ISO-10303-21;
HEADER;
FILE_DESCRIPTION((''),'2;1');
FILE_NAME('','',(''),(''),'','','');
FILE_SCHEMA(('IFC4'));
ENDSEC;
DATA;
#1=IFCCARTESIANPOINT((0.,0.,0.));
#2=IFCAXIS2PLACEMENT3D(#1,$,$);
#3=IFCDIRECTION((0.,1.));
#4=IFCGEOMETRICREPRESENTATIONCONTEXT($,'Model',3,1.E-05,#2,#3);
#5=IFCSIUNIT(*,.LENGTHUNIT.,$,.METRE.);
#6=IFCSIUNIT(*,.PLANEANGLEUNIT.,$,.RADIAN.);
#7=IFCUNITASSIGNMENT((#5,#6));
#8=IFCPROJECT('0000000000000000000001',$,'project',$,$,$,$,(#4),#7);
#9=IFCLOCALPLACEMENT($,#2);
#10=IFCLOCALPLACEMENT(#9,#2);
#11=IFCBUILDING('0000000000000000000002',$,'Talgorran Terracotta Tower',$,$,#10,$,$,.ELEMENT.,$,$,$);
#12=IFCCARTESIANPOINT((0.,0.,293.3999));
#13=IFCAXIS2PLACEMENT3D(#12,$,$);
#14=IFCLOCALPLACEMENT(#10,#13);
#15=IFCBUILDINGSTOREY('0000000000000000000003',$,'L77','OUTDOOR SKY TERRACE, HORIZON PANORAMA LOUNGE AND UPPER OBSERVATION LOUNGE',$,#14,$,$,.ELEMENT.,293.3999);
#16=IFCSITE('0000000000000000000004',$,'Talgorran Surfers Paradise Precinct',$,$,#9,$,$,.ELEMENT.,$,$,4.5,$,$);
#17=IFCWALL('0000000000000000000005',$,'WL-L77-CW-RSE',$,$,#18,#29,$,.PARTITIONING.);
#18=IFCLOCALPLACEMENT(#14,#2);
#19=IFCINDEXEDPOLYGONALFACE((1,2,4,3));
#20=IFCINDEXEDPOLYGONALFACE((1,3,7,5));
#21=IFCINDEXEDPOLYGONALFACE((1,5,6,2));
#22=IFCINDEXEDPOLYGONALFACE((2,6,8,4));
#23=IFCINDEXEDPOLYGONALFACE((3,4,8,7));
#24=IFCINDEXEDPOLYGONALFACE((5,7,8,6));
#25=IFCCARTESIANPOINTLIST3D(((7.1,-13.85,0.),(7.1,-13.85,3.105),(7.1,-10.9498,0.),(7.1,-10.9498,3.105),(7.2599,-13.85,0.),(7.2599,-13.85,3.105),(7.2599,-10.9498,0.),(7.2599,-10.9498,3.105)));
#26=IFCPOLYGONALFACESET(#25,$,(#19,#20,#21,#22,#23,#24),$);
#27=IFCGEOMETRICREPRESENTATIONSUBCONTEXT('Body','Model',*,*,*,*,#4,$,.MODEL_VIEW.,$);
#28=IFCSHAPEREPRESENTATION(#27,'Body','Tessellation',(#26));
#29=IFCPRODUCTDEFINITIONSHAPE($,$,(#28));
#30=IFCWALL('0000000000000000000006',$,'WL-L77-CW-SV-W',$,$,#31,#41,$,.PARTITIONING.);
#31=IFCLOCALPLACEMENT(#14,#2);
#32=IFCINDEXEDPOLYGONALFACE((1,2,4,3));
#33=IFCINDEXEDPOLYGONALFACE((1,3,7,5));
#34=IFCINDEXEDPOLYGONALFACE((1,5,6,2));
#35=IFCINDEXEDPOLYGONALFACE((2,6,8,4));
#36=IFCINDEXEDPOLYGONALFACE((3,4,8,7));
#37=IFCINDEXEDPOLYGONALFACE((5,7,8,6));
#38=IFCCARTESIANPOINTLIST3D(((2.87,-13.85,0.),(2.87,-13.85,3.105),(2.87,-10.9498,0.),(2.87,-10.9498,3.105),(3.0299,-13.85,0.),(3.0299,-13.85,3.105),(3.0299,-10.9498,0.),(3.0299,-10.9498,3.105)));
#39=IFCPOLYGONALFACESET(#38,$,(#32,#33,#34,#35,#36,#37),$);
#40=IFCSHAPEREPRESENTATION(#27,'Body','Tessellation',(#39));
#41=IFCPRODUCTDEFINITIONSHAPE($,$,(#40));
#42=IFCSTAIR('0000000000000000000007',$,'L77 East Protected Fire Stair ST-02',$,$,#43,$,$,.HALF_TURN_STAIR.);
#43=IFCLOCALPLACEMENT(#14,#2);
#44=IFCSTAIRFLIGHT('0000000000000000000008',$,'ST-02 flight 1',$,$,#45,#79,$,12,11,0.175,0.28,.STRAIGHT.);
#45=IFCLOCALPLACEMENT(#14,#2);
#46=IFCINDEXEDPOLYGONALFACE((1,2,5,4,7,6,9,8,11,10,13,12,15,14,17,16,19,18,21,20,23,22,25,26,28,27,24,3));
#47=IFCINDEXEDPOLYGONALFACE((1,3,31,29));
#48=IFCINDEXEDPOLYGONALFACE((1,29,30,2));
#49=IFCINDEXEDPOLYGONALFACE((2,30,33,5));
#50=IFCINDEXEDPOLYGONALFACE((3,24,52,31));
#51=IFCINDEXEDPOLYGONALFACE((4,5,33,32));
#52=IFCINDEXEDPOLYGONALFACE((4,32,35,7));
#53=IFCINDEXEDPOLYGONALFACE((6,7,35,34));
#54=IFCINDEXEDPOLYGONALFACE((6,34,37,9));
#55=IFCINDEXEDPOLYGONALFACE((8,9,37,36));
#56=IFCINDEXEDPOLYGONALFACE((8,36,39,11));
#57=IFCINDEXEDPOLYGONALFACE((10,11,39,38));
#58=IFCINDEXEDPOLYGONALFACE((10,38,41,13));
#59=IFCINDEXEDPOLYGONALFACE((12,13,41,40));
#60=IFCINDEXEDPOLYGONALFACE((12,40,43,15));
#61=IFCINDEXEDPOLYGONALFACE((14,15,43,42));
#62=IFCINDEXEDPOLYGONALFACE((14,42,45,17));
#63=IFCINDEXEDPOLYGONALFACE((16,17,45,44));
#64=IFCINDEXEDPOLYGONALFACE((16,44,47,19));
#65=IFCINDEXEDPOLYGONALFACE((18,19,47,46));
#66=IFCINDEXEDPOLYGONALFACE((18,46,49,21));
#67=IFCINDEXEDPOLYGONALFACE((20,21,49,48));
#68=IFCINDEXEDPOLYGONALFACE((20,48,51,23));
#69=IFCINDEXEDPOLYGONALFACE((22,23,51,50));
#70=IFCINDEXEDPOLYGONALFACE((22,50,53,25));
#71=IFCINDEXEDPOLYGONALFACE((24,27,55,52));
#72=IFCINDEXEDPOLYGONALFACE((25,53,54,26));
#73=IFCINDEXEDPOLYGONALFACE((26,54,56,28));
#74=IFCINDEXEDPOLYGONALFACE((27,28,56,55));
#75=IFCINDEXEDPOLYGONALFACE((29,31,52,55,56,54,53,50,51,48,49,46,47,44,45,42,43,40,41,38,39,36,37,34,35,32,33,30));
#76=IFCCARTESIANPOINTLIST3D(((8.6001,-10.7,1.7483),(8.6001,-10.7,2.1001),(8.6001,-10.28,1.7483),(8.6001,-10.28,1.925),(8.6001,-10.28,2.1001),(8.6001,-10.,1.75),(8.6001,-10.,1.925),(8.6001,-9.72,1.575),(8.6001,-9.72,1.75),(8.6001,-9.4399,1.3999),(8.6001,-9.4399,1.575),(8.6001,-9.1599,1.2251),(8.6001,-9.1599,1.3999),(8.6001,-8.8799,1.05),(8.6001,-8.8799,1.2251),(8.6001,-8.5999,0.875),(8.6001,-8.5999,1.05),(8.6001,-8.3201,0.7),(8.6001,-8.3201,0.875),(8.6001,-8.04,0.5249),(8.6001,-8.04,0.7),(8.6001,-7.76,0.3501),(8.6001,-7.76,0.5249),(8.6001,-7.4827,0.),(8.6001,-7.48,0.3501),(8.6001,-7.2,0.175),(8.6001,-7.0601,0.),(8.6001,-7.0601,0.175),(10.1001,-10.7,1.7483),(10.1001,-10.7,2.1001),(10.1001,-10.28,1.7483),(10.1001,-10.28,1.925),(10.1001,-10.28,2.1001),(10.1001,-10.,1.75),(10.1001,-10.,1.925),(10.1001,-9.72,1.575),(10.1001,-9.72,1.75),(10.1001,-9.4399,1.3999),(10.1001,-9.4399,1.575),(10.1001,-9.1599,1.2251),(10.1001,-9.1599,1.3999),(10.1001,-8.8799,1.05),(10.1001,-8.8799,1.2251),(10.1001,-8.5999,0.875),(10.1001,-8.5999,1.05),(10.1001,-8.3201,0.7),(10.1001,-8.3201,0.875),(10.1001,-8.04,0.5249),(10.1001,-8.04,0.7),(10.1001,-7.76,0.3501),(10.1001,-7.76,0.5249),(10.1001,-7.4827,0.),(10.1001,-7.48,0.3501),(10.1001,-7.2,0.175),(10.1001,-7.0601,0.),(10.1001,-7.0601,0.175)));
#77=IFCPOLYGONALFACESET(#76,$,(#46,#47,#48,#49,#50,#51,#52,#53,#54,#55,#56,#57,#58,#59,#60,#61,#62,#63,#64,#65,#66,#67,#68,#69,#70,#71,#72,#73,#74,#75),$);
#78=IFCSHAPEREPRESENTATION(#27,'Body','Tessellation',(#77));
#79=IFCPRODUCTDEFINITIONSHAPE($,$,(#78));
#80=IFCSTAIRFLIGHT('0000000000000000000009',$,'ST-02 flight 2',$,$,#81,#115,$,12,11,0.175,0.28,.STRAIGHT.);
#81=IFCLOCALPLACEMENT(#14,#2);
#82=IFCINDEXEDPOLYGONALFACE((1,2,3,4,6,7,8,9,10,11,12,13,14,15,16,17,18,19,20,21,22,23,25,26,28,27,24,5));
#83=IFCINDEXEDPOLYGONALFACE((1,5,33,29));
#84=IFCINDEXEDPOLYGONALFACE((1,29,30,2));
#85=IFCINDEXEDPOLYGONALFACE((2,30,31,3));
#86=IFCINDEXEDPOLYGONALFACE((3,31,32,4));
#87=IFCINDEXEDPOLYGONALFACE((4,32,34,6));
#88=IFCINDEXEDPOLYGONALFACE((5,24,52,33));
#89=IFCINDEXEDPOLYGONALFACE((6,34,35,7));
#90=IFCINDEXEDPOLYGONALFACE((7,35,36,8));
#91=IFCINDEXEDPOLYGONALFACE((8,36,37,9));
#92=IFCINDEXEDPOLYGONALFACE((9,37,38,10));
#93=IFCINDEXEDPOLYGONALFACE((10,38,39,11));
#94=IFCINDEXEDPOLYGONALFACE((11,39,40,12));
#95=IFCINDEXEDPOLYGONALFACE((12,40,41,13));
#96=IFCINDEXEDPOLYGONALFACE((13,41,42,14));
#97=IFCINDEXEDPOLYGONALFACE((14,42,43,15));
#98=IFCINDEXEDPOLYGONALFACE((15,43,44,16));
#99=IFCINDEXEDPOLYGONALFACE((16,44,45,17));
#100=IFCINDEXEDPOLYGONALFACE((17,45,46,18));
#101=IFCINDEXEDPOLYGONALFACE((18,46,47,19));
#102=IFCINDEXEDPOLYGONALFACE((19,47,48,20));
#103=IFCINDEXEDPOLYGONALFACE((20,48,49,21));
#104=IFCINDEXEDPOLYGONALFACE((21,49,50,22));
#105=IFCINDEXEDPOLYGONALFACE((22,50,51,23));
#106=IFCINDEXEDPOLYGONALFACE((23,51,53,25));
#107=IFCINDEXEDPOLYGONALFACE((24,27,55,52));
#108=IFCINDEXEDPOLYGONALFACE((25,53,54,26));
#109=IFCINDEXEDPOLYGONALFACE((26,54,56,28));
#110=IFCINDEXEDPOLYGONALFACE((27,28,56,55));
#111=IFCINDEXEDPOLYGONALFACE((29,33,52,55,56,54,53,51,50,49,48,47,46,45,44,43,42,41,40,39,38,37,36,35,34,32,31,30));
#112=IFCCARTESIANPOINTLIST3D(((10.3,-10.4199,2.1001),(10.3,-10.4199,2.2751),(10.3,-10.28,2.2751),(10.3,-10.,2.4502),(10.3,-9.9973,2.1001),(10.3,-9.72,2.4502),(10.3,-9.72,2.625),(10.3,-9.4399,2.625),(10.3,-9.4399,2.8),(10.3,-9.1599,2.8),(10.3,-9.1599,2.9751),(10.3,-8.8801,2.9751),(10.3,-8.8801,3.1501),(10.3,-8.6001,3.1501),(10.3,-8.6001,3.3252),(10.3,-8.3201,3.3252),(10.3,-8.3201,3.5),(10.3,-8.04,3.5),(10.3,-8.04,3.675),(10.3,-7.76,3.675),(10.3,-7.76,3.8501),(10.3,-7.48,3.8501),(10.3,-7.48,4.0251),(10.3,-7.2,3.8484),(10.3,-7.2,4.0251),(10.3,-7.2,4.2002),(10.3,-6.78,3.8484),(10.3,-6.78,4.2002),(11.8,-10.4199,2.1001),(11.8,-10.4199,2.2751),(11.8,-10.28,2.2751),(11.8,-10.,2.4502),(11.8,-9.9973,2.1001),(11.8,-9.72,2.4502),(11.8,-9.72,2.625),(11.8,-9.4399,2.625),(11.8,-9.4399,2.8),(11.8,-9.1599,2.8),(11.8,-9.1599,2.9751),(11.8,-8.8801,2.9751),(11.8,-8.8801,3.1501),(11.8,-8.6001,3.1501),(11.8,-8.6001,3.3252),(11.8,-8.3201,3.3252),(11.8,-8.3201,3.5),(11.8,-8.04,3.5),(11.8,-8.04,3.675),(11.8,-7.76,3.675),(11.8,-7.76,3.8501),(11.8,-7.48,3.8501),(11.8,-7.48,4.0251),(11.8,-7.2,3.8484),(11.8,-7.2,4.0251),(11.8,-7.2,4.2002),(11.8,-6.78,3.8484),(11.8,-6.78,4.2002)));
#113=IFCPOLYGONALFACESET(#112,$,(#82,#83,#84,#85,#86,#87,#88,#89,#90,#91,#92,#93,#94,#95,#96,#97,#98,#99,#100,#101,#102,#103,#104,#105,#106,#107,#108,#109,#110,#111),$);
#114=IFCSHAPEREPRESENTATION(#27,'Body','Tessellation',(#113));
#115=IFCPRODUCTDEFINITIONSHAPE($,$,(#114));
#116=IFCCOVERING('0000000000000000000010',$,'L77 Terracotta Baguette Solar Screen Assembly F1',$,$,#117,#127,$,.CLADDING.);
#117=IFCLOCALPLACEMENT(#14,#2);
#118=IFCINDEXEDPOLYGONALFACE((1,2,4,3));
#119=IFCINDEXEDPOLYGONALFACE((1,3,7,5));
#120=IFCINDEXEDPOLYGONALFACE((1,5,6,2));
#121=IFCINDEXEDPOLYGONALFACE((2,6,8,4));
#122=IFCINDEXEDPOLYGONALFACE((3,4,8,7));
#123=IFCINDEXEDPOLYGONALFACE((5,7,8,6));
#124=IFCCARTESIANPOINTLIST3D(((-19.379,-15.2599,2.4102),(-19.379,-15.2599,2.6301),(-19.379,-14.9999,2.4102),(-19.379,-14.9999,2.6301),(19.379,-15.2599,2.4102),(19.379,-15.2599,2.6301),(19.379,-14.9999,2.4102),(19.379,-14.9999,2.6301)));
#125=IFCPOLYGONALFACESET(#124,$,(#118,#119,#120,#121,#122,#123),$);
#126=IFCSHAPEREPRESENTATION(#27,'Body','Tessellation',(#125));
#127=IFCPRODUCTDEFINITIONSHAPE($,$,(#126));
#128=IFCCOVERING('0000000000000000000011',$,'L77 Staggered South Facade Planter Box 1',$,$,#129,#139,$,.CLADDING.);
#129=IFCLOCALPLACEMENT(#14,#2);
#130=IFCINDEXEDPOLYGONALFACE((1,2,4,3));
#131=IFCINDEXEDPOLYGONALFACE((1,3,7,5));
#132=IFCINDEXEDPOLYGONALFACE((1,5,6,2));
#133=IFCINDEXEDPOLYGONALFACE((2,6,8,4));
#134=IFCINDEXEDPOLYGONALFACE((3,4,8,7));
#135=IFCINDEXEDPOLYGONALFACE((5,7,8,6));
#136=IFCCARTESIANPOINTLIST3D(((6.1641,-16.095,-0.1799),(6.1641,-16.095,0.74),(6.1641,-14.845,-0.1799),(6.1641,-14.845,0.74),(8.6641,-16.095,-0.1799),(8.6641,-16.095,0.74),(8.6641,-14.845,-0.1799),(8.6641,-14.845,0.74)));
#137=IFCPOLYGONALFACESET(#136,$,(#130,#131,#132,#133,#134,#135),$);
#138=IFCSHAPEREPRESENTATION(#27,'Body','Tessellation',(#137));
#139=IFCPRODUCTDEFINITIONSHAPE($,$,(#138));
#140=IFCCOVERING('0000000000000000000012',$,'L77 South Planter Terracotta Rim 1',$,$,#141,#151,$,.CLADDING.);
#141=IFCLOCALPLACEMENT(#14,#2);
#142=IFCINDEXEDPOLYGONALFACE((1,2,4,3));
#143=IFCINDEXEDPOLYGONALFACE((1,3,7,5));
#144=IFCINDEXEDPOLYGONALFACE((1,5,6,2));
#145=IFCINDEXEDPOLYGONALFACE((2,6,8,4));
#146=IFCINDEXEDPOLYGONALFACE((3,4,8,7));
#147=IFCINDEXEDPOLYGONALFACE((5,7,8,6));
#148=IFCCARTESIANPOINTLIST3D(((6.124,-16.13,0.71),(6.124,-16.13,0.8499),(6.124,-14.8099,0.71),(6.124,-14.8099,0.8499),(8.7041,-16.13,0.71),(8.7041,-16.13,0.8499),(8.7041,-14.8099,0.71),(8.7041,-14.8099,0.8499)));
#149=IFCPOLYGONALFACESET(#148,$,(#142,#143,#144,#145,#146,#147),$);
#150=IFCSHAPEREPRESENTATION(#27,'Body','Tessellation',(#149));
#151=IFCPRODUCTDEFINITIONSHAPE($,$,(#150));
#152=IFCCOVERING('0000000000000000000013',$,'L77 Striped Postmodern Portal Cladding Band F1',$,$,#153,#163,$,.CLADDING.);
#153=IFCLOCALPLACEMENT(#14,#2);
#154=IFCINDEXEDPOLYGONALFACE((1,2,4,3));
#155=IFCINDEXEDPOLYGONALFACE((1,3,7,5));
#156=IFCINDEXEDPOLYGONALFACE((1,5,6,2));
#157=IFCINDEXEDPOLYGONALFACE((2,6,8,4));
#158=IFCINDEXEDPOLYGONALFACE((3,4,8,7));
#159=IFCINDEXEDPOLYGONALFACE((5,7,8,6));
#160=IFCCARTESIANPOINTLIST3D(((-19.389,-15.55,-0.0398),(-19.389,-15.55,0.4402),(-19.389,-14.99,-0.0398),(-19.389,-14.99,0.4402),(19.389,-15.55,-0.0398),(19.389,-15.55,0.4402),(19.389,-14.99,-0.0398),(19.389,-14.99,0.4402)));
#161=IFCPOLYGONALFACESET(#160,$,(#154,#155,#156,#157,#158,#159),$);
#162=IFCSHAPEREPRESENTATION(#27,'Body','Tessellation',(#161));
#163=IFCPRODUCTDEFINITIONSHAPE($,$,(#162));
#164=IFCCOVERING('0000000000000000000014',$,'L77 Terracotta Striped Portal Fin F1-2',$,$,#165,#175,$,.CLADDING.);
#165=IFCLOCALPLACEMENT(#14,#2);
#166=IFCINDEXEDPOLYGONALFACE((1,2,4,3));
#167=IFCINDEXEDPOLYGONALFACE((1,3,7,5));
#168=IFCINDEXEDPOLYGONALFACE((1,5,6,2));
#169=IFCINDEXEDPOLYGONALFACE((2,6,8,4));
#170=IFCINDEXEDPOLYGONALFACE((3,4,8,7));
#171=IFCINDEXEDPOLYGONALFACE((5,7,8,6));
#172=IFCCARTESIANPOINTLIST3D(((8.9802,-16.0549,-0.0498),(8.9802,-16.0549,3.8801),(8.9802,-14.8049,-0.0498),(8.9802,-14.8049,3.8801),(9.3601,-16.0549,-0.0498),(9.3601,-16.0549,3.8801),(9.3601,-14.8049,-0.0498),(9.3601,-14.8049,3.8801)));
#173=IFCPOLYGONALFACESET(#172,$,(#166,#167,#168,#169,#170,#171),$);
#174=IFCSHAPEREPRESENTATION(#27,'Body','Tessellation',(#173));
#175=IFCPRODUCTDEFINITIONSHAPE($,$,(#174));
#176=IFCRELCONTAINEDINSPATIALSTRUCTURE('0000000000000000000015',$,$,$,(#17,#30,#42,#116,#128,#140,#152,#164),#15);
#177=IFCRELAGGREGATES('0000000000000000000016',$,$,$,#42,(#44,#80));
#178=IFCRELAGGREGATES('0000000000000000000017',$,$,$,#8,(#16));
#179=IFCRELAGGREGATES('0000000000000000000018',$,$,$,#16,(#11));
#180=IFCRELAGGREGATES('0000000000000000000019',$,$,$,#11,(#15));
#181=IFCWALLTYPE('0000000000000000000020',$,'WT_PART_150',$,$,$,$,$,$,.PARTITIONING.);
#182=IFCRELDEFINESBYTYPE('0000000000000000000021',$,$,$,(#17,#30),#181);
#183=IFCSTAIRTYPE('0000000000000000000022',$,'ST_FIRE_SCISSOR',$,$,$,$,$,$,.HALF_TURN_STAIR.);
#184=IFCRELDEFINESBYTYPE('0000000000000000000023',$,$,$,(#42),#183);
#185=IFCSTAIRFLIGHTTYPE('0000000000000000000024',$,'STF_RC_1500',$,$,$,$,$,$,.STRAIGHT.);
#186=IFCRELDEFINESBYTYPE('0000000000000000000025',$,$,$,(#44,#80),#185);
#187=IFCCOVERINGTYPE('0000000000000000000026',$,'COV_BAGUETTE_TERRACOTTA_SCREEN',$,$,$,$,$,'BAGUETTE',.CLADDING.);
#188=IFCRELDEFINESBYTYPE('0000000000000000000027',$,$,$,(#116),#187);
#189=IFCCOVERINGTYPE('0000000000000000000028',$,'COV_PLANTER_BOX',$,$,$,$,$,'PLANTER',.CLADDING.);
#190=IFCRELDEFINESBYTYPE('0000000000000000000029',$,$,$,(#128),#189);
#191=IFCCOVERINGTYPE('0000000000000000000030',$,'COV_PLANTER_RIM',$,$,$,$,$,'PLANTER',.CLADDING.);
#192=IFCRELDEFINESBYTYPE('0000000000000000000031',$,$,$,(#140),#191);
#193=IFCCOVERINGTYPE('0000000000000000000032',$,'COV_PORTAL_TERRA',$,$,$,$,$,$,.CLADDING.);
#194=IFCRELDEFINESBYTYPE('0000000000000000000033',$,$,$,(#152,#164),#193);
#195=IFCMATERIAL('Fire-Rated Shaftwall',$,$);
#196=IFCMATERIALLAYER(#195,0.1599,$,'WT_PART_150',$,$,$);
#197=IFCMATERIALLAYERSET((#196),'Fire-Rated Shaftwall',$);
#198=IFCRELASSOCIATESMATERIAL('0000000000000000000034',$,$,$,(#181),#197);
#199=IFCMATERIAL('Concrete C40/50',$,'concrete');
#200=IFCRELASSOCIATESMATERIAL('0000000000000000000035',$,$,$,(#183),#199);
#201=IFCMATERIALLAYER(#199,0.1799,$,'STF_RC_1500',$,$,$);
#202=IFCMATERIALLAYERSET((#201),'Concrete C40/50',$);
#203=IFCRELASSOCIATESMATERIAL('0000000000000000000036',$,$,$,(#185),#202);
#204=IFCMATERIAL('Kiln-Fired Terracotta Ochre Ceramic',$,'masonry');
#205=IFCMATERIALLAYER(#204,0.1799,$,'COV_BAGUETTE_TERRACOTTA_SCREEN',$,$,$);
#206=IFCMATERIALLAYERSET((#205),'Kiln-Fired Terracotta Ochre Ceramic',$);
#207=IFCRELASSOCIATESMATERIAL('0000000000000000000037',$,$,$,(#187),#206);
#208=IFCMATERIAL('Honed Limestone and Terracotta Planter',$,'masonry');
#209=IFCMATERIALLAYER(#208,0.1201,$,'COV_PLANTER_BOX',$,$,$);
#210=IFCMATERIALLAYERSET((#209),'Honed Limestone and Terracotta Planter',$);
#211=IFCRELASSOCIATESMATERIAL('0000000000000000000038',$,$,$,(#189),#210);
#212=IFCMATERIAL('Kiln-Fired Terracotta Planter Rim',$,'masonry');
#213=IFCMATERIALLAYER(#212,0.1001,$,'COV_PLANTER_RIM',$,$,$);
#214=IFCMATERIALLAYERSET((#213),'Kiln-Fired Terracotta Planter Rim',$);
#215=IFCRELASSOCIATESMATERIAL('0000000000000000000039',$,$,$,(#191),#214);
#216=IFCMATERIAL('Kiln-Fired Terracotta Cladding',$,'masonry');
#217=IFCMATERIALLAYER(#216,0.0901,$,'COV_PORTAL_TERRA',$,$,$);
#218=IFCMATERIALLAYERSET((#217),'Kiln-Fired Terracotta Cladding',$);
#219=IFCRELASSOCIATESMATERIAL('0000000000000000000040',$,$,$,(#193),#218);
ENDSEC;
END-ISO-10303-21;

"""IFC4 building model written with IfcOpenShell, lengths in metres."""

from ifc_helpers import new_model, si_unit, direction, frame, frame_2d, origin, origin_2d, place, context, subcontext, project, spatial, polyline, rectangle, outline, extrude, material, layer, layer_set, type_object, element, aggregate, save


model = new_model("IFC4")

# Units and contexts
model_context = context("Model", 3, precision=1e-05, world=origin(), true_north=direction((0.0, 1.0)))
body_context = subcontext(model_context, "Body", "Model", "MODEL_VIEW")
ifc_project = project(units=[si_unit("LENGTHUNIT", "METRE"), si_unit("PLANEANGLEUNIT", "RADIAN")], contexts=[model_context])

# Site, building, storey
site_placement = place(None, origin())
site = spatial("IfcSite", under=ifc_project, at=site_placement, Name="Talgorran Surfers Paradise Precinct", CompositionType="ELEMENT", RefElevation=4.5)
building_placement = place(site_placement, origin())
building = spatial("IfcBuilding", under=site, at=building_placement, Name="Talgorran Terracotta Tower", CompositionType="ELEMENT")
storey_placement = place(building_placement, frame((0.0, 0.0, 293.3999)))
storey = spatial("IfcBuildingStorey", under=building, at=storey_placement, Name="L77", Description="OUTDOOR SKY TERRACE, HORIZON PANORAMA LOUNGE AND UPPER OBSERVATION LOUNGE", CompositionType="ELEMENT", Elevation=293.3999)

# Walls
ifc_material_1 = material(Name="Fire-Rated Shaftwall")
ifc_layer_1 = layer(ifc_material_1, 0.1599, Name="WT_PART_150")
ifc_layer_set_1 = layer_set([ifc_layer_1], Name="Fire-Rated Shaftwall")
wall_type_1 = type_object("IfcWallType", Name="WT_PART_150", PredefinedType="PARTITIONING", material=ifc_layer_set_1)
for number, where, z_axis, x_axis, name in (
    (1, (7.1799, -13.8501, 0.0), (0.0, 0.0, 1.0), (0.0, 1.0, 0.0), "WL-L77-CW-RSE"),
    (2, (2.95, -13.8501, 0.0), (0.0, 0.0, 1.0), (0.0, 1.0, 0.0), "WL-L77-CW-SV-W"),
):
    element("IfcWall", number, at=place(storey_placement, frame(where, z_axis=z_axis, x_axis=x_axis)), inside=storey, type_object=wall_type_1, Name=name, PredefinedType="PARTITIONING", context=body_context, shape_type="SweptSolid", body=[
        extrude(rectangle(XDim=2.9001, YDim=0.1599, at=frame_2d((1.4502, 0.0))), origin(), (0.0, 0.0, 1.0), 3.105),
    ])

# Stair, stair flights
ifc_material_2 = material(Name="Concrete C40/50", Category="concrete")
stair_type = type_object("IfcStairType", Name="ST_FIRE_SCISSOR", PredefinedType="HALF_TURN_STAIR", material=ifc_material_2)
stair_placement = place(storey_placement, origin())
stair = element("IfcStair", 3, at=stair_placement, inside=storey, type_object=stair_type, Name="L77 East Protected Fire Stair ST-02", PredefinedType="HALF_TURN_STAIR")
ifc_layer_2 = layer(ifc_material_2, 0.1799, Name="STF_RC_1500")
ifc_layer_set_2 = layer_set([ifc_layer_2], Name="Concrete C40/50")
stair_flight_type = type_object("IfcStairFlightType", Name="STF_RC_1500", PredefinedType="STRAIGHT", material=ifc_layer_set_2)
stair_flight_1_placement = place(storey_placement, frame((9.3501, -7.2, 0.0), z_axis=(0.0, 0.0, 1.0), x_axis=(0.0, -1.0, 0.0)))
stair_flight_1 = element("IfcStairFlight", 4, at=stair_flight_1_placement, type_object=stair_flight_type, Name="ST-02 flight 1", NumberOfRisers=12, NumberOfTreads=11, PredefinedType="STRAIGHT", RiserHeight=0.175, TreadLength=0.28, context=body_context, shape_type="SweptSolid", body=[
    extrude(outline(polyline([(-0.1399, 0.0), (-0.1399, 0.175), (0.0, 0.175), (0.28, 0.3501), (0.5601, 0.3501), (0.5601, 0.5249), (0.8401, 0.5249), (0.8401, 0.7), (1.1201, 0.7), (1.1201, 0.875), (1.3999, 0.875), (1.3999, 1.05), (1.6799, 1.05), (1.6799, 1.2251), (1.96, 1.2251), (1.96, 1.3999), (2.24, 1.3999), (2.24, 1.575), (2.52, 1.575), (2.52, 1.75), (2.8, 1.75), (2.8, 1.925), (3.0801, 1.925), (3.0801, 2.1001), (3.5, 2.1001), (3.5, 1.7483), (3.0801, 1.7483), (0.2827, 0.0), (-0.1399, 0.0)])), frame((0.0, 0.75, 0.0), z_axis=(0.0, -1.0, 0.0), x_axis=(1.0, 0.0, 0.0)), (0.0, 0.0, 1.0), 1.5),
])
stair_flight_2_placement = place(storey_placement, frame((11.05, -10.28, 2.1001), z_axis=(0.0, 0.0, 1.0), x_axis=(0.0, 1.0, 0.0)))
stair_flight_2 = element("IfcStairFlight", 5, at=stair_flight_2_placement, type_object=stair_flight_type, Name="ST-02 flight 2", NumberOfRisers=12, NumberOfTreads=11, PredefinedType="STRAIGHT", RiserHeight=0.175, TreadLength=0.28, context=body_context, shape_type="SweptSolid", body=[
    extrude(outline(polyline([(-0.1399, 0.0), (-0.1399, 0.175), (0.0, 0.175), (0.28, 0.3501), (0.5601, 0.3501), (0.5601, 0.5249), (0.8401, 0.5249), (0.8401, 0.7), (1.1201, 0.7), (1.1201, 0.875), (1.3999, 0.875), (1.3999, 1.05), (1.6799, 1.05), (1.6799, 1.2251), (1.96, 1.2251), (1.96, 1.3999), (2.24, 1.3999), (2.24, 1.575), (2.52, 1.575), (2.52, 1.75), (2.8, 1.75), (2.8, 1.925), (3.0801, 1.925), (3.0801, 2.1001), (3.5, 2.1001), (3.5, 1.7483), (3.0801, 1.7483), (0.2827, 0.0), (-0.1399, 0.0)])), frame((0.0, 0.75, 0.0), z_axis=(0.0, -1.0, 0.0), x_axis=(1.0, 0.0, 0.0)), (0.0, 0.0, 1.0), 1.5),
])
aggregate(stair, [stair_flight_1, stair_flight_2])

# Coverings
ifc_material_3 = material(Name="Kiln-Fired Terracotta Ochre Ceramic", Category="masonry")
ifc_layer_3 = layer(ifc_material_3, 0.1799, Name="COV_BAGUETTE_TERRACOTTA_SCREEN")
ifc_layer_set_3 = layer_set([ifc_layer_3], Name="Kiln-Fired Terracotta Ochre Ceramic")
covering_type_1 = type_object("IfcCoveringType", Name="COV_BAGUETTE_TERRACOTTA_SCREEN", ElementType="BAGUETTE", PredefinedType="CLADDING", material=ifc_layer_set_3)
covering_1_placement = place(storey_placement, frame((0.0, -15.1299, 2.4102), z_axis=(0.0, 0.0, 1.0), x_axis=(1.0, 0.0, 0.0)))
element("IfcCovering", 6, at=covering_1_placement, inside=storey, type_object=covering_type_1, Name="L77 Terracotta Baguette Solar Screen Assembly F1", PredefinedType="CLADDING", context=body_context, shape_type="SweptSolid", body=[
    extrude(rectangle(XDim=38.7581, YDim=0.26, at=origin_2d()), origin(), (0.0, 0.0, 1.0), 0.22),
])
ifc_material_4 = material(Name="Honed Limestone and Terracotta Planter", Category="masonry")
ifc_layer_4 = layer(ifc_material_4, 0.1201, Name="COV_PLANTER_BOX")
ifc_layer_set_4 = layer_set([ifc_layer_4], Name="Honed Limestone and Terracotta Planter")
covering_type_2 = type_object("IfcCoveringType", Name="COV_PLANTER_BOX", ElementType="PLANTER", PredefinedType="CLADDING", material=ifc_layer_set_4)
covering_2_placement = place(storey_placement, frame((7.4141, -15.47, -0.1799), z_axis=(0.0, 0.0, 1.0), x_axis=(1.0, 0.0, 0.0)))
element("IfcCovering", 7, at=covering_2_placement, inside=storey, type_object=covering_type_2, Name="L77 Staggered South Facade Planter Box 1", PredefinedType="CLADDING", context=body_context, shape_type="SweptSolid", body=[
    extrude(rectangle(XDim=2.5, YDim=1.25, at=origin_2d()), origin(), (0.0, 0.0, 1.0), 0.9199),
])
ifc_material_5 = material(Name="Kiln-Fired Terracotta Planter Rim", Category="masonry")
ifc_layer_5 = layer(ifc_material_5, 0.1001, Name="COV_PLANTER_RIM")
ifc_layer_set_5 = layer_set([ifc_layer_5], Name="Kiln-Fired Terracotta Planter Rim")
covering_type_3 = type_object("IfcCoveringType", Name="COV_PLANTER_RIM", ElementType="PLANTER", PredefinedType="CLADDING", material=ifc_layer_set_5)
covering_3_placement = place(storey_placement, frame((7.4141, -15.47, 0.71), z_axis=(0.0, 0.0, 1.0), x_axis=(1.0, 0.0, 0.0)))
element("IfcCovering", 8, at=covering_3_placement, inside=storey, type_object=covering_type_3, Name="L77 South Planter Terracotta Rim 1", PredefinedType="CLADDING", context=body_context, shape_type="SweptSolid", body=[
    extrude(rectangle(XDim=2.5801, YDim=1.3201, at=origin_2d()), origin(), (0.0, 0.0, 1.0), 0.1399),
])
ifc_material_6 = material(Name="Kiln-Fired Terracotta Cladding", Category="masonry")
ifc_layer_6 = layer(ifc_material_6, 0.0901, Name="COV_PORTAL_TERRA")
ifc_layer_set_6 = layer_set([ifc_layer_6], Name="Kiln-Fired Terracotta Cladding")
covering_type_4 = type_object("IfcCoveringType", Name="COV_PORTAL_TERRA", PredefinedType="CLADDING", material=ifc_layer_set_6)
covering_4_placement = place(storey_placement, frame((0.0, -15.27, -0.0398), z_axis=(0.0, 0.0, 1.0), x_axis=(1.0, 0.0, 0.0)))
element("IfcCovering", 9, at=covering_4_placement, inside=storey, type_object=covering_type_4, Name="L77 Striped Postmodern Portal Cladding Band F1", PredefinedType="CLADDING", context=body_context, shape_type="SweptSolid", body=[
    extrude(rectangle(XDim=38.7781, YDim=0.5601, at=origin_2d()), origin(), (0.0, 0.0, 1.0), 0.48),
])
covering_5_placement = place(storey_placement, frame((9.1702, -15.4299, -0.0498), z_axis=(0.0, 0.0, 1.0), x_axis=(1.0, 0.0, 0.0)))
element("IfcCovering", 10, at=covering_5_placement, inside=storey, type_object=covering_type_4, Name="L77 Terracotta Striped Portal Fin F1-2", PredefinedType="CLADDING", context=body_context, shape_type="SweptSolid", body=[
    extrude(rectangle(XDim=0.3799, YDim=1.25, at=origin_2d()), origin(), (0.0, 0.0, 1.0), 3.9299),
])

save(model, "model.ifc")
